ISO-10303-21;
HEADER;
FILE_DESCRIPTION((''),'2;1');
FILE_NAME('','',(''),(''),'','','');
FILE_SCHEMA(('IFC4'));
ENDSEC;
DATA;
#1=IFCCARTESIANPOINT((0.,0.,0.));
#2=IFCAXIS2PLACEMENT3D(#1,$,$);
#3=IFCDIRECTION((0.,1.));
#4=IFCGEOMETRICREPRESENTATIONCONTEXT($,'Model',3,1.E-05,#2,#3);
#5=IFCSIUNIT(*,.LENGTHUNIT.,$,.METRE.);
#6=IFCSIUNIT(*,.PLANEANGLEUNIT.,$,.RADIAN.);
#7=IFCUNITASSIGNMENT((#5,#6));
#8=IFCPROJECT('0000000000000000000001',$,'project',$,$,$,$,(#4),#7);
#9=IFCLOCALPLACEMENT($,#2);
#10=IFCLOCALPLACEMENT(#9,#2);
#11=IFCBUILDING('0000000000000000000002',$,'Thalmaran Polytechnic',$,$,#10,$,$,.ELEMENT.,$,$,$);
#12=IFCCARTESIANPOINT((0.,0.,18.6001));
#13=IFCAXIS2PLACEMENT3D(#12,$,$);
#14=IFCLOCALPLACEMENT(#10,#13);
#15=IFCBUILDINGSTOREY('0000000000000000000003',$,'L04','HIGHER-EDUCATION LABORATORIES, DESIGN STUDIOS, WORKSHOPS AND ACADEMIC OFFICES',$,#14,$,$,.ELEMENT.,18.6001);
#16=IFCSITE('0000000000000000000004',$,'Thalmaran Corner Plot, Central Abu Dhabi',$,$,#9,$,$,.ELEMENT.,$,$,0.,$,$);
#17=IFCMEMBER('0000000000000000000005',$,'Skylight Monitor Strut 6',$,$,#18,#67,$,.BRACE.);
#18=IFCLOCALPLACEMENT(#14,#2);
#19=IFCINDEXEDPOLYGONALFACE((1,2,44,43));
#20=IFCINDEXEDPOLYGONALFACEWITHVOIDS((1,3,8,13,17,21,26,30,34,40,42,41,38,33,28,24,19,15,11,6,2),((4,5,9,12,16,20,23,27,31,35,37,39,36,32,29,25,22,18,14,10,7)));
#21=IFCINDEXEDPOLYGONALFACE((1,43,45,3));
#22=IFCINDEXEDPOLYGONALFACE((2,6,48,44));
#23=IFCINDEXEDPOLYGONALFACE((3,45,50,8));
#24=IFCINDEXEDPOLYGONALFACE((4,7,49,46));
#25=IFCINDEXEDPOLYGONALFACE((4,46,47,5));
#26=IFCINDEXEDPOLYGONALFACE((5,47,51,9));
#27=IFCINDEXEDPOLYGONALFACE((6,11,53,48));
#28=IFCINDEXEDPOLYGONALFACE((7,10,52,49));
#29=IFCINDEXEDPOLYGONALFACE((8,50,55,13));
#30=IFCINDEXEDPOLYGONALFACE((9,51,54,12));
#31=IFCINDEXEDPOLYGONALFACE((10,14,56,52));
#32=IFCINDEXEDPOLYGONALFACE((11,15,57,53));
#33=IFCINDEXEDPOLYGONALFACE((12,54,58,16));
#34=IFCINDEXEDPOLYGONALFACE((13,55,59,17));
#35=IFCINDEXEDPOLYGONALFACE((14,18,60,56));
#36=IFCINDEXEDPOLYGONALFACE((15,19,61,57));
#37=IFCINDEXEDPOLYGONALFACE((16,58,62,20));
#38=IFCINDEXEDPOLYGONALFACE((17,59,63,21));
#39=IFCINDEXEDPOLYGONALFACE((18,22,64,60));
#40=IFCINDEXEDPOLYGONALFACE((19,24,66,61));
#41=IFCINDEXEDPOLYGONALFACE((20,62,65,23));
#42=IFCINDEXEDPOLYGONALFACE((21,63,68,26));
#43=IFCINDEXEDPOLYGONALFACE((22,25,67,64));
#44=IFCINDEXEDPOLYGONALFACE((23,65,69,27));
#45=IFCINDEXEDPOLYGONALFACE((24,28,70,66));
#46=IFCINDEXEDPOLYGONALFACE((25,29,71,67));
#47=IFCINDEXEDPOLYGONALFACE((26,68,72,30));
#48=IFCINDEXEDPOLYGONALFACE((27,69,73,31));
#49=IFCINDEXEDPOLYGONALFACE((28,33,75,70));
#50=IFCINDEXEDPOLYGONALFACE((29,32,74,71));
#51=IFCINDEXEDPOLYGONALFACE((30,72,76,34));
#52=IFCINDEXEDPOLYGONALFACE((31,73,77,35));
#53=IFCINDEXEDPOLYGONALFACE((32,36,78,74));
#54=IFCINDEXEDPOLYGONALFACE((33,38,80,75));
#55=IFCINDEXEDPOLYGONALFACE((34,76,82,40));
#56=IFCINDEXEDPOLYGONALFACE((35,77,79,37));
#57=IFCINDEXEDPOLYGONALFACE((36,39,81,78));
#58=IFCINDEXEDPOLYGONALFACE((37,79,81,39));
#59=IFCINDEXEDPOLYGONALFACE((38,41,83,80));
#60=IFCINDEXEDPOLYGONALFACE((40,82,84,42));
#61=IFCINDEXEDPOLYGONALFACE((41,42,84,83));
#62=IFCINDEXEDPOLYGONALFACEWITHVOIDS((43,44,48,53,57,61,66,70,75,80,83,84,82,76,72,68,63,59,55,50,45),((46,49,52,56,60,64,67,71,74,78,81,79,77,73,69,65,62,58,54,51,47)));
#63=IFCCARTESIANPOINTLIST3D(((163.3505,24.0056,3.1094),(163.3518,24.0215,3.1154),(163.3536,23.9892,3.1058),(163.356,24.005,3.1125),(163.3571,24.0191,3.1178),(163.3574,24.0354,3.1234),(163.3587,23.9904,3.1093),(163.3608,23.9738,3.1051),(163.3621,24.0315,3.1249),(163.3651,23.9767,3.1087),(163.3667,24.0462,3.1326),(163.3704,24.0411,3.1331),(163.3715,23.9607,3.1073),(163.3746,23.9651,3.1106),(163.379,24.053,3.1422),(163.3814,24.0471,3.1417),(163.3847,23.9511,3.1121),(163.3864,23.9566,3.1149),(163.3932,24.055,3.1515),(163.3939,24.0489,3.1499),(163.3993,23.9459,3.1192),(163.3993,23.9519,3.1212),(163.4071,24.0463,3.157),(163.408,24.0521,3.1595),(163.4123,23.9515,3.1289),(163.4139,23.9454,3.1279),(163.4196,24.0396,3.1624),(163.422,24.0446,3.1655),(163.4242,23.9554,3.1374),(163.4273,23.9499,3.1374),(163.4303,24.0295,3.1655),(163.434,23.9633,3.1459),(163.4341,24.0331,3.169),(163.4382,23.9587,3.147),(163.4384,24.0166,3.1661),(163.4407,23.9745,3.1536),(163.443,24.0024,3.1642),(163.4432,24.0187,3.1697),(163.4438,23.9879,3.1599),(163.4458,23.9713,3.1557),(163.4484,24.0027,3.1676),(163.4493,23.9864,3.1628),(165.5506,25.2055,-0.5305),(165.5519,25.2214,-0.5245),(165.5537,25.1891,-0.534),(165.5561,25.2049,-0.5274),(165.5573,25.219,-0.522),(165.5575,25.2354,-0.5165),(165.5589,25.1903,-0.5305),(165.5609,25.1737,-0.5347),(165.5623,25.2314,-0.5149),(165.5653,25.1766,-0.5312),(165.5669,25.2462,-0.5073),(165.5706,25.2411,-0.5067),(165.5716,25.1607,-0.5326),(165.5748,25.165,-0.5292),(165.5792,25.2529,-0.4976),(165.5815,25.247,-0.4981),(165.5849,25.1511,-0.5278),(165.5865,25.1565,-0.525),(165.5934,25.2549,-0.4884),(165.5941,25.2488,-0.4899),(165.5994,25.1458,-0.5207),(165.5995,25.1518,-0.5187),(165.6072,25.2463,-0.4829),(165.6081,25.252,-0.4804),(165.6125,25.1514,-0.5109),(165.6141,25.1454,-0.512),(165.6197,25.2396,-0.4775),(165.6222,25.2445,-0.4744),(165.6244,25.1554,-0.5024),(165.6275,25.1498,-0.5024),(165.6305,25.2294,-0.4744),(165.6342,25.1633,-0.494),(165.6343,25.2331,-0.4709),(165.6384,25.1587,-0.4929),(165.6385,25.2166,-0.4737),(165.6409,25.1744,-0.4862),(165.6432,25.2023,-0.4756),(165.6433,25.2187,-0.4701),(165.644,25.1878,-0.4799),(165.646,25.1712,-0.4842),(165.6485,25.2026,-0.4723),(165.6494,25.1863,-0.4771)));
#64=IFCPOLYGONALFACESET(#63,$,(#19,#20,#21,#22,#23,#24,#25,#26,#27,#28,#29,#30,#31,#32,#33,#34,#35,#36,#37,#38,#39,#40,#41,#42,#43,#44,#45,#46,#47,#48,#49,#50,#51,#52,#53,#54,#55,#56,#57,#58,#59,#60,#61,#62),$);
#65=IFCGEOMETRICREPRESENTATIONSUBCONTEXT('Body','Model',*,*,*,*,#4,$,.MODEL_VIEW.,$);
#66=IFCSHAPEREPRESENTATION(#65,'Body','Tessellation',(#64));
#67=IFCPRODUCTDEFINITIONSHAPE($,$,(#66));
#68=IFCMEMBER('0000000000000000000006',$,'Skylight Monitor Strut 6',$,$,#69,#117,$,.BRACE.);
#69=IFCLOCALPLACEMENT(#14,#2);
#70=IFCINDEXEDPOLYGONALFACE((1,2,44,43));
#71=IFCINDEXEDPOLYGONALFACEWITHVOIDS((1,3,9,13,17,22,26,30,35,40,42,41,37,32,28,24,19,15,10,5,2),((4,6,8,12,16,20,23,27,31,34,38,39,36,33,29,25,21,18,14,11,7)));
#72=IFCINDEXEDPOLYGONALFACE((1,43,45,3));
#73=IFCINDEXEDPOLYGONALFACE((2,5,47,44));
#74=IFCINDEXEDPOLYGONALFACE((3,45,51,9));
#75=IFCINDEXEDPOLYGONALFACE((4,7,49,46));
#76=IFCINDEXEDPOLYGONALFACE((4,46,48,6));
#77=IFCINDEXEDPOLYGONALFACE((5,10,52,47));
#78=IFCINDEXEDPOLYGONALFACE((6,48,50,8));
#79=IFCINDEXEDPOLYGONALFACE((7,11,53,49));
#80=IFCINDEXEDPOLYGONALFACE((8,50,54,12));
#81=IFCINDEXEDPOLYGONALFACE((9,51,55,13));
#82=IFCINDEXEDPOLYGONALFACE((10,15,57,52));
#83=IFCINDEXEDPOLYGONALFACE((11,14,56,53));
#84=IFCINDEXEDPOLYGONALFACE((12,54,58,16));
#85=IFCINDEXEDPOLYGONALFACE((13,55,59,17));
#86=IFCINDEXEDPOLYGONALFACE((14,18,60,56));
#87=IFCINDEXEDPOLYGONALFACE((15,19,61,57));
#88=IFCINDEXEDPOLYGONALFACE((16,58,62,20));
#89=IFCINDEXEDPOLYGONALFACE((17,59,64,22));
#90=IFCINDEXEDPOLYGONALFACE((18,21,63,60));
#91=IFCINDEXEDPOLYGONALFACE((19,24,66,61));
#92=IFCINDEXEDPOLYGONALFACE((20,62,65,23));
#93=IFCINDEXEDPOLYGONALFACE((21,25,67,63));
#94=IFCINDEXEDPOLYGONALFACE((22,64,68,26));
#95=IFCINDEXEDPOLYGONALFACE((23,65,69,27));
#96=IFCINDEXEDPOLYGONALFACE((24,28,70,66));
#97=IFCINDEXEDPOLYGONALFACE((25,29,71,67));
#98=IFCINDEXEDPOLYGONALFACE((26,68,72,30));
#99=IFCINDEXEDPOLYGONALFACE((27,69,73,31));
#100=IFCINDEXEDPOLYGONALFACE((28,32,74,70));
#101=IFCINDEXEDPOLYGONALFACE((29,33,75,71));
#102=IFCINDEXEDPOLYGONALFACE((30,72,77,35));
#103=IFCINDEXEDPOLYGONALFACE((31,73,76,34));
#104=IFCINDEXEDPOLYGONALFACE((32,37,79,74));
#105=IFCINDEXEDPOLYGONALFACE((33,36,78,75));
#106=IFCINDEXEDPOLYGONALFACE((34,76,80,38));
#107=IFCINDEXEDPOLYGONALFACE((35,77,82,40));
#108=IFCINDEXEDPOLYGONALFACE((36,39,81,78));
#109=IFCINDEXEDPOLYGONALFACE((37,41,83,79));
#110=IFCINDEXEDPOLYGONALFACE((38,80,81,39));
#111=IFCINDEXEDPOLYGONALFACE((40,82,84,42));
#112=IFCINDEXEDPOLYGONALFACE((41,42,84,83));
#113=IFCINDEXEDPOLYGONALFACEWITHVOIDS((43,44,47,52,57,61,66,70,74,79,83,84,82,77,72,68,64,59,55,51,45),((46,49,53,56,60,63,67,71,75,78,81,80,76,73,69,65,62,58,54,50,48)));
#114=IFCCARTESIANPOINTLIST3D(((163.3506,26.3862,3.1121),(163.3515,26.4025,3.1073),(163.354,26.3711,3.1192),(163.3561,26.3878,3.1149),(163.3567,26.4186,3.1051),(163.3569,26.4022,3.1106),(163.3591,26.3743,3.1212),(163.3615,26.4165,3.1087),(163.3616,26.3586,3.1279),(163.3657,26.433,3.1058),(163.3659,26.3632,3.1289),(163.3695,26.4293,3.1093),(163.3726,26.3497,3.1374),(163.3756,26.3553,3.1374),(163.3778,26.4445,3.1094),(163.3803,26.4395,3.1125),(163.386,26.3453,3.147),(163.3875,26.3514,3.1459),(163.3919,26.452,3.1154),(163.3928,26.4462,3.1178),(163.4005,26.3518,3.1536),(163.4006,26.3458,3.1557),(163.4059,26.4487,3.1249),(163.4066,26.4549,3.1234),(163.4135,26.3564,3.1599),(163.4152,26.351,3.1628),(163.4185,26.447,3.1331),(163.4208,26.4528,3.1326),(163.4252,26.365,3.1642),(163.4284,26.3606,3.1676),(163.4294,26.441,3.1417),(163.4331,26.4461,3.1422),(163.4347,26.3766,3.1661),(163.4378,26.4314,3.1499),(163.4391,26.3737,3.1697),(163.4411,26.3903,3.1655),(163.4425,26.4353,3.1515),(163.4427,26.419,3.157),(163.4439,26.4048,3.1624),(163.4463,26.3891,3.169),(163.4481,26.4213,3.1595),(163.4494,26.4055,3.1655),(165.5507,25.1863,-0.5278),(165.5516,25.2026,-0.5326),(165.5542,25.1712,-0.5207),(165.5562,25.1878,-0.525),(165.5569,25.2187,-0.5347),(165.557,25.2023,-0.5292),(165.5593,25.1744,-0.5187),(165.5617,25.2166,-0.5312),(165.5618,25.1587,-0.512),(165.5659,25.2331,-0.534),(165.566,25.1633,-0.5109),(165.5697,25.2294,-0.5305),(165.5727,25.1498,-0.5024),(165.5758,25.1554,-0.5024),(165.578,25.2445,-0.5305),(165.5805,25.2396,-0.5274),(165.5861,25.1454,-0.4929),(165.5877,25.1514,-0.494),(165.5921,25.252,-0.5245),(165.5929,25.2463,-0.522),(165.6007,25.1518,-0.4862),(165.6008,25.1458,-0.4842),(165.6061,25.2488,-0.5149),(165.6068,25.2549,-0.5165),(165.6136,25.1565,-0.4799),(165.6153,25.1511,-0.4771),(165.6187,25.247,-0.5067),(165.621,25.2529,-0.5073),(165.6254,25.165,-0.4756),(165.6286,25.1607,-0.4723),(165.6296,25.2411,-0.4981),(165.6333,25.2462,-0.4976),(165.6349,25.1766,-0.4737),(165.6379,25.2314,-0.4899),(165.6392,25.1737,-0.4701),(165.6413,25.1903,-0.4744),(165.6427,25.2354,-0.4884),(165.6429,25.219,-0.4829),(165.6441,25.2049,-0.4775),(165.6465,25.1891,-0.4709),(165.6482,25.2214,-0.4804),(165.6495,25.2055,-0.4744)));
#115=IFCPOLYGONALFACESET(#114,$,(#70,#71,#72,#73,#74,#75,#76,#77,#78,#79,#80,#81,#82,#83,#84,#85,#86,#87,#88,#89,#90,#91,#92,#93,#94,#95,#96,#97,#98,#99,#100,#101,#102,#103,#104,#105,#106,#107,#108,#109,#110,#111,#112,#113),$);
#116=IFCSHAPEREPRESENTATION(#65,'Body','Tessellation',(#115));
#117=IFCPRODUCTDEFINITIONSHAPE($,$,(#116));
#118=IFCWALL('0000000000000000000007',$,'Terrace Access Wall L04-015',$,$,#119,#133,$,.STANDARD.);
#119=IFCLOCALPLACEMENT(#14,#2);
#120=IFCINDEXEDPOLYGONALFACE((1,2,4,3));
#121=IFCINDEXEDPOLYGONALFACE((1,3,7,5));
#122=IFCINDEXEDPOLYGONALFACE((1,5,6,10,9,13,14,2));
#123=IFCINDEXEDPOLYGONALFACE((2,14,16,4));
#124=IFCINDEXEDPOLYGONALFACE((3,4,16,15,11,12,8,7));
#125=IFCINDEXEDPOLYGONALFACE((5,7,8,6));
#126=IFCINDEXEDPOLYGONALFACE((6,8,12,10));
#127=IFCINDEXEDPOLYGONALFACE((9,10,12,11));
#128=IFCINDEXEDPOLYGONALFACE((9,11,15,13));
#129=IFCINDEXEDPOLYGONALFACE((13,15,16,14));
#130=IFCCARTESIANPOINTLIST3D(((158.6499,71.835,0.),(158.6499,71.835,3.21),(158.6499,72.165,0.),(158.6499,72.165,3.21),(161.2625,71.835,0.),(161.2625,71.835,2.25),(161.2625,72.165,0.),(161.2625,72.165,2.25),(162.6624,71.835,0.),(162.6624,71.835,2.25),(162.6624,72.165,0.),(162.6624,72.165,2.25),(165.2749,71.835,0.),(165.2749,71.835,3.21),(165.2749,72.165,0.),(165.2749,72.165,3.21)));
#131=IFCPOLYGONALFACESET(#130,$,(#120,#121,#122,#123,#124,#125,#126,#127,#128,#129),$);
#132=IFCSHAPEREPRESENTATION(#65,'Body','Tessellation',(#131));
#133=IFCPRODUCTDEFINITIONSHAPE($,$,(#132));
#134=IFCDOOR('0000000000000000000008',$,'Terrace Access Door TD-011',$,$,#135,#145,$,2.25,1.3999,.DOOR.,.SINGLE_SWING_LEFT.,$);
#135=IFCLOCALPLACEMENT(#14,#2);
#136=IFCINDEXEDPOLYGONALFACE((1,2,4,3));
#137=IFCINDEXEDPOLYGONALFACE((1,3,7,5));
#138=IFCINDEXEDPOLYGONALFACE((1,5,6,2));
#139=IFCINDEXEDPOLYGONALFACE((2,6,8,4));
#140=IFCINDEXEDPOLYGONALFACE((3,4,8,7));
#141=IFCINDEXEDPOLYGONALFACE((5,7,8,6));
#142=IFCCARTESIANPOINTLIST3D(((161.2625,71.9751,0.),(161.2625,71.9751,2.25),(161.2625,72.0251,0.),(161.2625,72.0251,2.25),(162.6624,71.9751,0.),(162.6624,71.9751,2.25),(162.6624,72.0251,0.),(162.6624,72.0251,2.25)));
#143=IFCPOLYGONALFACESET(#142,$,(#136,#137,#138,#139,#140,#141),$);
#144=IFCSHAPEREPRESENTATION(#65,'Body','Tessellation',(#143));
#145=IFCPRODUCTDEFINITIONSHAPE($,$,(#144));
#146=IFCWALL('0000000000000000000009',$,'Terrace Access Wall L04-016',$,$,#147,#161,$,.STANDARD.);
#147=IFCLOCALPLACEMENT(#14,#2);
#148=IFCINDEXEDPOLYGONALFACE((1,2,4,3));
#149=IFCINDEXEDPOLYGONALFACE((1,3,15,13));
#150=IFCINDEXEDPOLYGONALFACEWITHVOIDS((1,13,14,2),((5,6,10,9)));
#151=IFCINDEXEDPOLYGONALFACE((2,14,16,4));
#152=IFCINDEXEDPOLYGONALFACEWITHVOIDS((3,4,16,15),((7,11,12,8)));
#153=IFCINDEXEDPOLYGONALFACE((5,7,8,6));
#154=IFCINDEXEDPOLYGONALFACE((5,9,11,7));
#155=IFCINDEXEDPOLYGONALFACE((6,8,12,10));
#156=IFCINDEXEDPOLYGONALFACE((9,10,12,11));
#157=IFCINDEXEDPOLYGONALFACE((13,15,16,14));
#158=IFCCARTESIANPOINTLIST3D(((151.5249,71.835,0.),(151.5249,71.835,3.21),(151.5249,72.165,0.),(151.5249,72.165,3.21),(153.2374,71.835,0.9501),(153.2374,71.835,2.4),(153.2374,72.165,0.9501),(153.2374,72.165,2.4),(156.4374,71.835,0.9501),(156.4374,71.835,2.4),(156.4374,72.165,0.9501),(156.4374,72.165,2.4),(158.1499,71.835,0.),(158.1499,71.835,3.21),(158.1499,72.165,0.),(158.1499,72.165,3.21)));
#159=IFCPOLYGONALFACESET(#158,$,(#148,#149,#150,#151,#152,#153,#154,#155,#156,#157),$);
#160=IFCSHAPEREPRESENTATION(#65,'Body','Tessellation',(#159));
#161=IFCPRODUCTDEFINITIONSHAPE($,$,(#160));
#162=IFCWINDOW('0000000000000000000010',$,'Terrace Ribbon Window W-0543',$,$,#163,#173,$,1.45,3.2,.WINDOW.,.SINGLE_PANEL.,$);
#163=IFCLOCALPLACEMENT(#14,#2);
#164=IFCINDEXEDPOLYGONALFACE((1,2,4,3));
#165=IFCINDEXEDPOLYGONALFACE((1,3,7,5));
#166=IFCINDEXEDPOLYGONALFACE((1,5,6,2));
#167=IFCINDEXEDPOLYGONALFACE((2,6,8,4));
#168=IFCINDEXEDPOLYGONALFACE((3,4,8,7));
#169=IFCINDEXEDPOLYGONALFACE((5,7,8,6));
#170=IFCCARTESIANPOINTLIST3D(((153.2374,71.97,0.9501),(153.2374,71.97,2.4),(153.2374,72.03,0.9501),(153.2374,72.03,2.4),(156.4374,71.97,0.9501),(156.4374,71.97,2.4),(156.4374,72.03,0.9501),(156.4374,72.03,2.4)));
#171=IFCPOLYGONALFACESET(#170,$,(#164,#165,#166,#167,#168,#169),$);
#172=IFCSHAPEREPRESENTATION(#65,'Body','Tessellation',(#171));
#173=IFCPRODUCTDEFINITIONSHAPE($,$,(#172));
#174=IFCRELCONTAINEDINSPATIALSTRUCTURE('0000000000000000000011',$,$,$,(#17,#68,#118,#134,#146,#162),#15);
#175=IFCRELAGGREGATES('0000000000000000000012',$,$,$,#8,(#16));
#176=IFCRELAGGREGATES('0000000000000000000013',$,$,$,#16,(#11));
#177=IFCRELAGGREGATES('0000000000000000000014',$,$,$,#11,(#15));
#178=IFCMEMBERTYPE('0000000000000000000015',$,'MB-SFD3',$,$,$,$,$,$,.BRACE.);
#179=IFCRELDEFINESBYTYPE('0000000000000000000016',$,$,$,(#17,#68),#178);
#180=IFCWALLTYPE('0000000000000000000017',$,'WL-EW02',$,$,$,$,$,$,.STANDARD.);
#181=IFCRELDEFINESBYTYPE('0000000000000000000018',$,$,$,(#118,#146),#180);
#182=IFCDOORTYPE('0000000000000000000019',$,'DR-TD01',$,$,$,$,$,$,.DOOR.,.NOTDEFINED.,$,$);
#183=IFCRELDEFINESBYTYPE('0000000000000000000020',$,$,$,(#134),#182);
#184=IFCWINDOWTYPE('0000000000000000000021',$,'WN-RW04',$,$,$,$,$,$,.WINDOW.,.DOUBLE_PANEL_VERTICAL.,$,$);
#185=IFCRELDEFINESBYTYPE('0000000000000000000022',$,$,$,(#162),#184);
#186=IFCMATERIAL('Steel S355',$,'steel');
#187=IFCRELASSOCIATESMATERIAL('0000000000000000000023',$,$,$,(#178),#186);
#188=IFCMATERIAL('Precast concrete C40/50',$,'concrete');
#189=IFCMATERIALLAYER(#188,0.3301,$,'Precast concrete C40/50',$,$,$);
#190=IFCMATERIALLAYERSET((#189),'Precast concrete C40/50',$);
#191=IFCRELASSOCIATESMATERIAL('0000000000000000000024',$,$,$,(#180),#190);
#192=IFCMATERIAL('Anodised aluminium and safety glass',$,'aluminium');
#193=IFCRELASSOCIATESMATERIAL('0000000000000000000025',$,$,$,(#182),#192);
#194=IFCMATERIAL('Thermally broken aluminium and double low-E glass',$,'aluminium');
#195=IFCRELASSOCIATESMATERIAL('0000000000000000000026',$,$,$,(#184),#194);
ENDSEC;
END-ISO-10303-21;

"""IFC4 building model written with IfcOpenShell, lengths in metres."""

from ifc_helpers import new_model, si_unit, direction, frame, frame_2d, origin, origin_2d, place, context, subcontext, project, spatial, rectangle, hollow_circle, extrude, material, layer, layer_set, material_profile, profile_set, type_object, element, fill, save


model = new_model("IFC4")

# Units and contexts
model_context = context("Model", 3, precision=1e-05, world=origin(), true_north=direction((0.0, 1.0)))
body_context = subcontext(model_context, "Body", "Model", "MODEL_VIEW")
ifc_project = project(units=[si_unit("LENGTHUNIT", "METRE"), si_unit("PLANEANGLEUNIT", "RADIAN")], contexts=[model_context])

# Site, building, storey
site_placement = place(None, origin())
site = spatial("IfcSite", under=ifc_project, at=site_placement, Name="Thalmaran Corner Plot, Central Abu Dhabi", CompositionType="ELEMENT", RefElevation=0.0)
building_placement = place(site_placement, origin())
building = spatial("IfcBuilding", under=site, at=building_placement, Name="Thalmaran Polytechnic", CompositionType="ELEMENT")
storey_placement = place(building_placement, frame((0.0, 0.0, 18.6001)))
storey = spatial("IfcBuildingStorey", under=building, at=storey_placement, Name="L04", Description="HIGHER-EDUCATION LABORATORIES, DESIGN STUDIOS, WORKSHOPS AND ACADEMIC OFFICES", CompositionType="ELEMENT", Elevation=18.6001)

# Members
ifc_material_1 = material(Name="Steel S355", Category="steel")
ifc_material_profile_1 = material_profile(ifc_material_1, hollow_circle(Radius=0.0571, WallThickness=0.0063, at=origin_2d()), Name="CHS 114.3x6.3")
ifc_profile_set_1 = profile_set([ifc_material_profile_1], Name="Steel S355")
member_type = type_object("IfcMemberType", Name="MB-SFD3", PredefinedType="BRACE", material=ifc_profile_set_1)
for number, where, z_axis, x_axis, name in (
    (1, (165.6001, 25.2, -0.5024), (-0.497869, -0.27153, 0.823649), (0.478804, -0.877922, 0.0), "Skylight Monitor Strut 6"),
    (2, (165.6001, 25.2, -0.5024), (-0.497869, 0.27153, 0.823649), (-0.478804, -0.877922, 0.0), "Skylight Monitor Strut 6"),
):
    element("IfcMember", number, at=place(storey_placement, frame(where, z_axis=z_axis, x_axis=x_axis)), inside=storey, type_object=member_type, Name=name, PredefinedType="BRACE", context=body_context, shape_type="SweptSolid", body=[
        extrude(hollow_circle(Radius=0.0571, WallThickness=0.0063, at=origin_2d()), origin(), (0.0, 0.0, 1.0), 4.4192),
    ])

# Wall, opening, door
ifc_material_2 = material(Name="Precast concrete C40/50", Category="concrete")
ifc_layer = layer(ifc_material_2, 0.3301, Name="Precast concrete C40/50")
ifc_layer_set = layer_set([ifc_layer], Name="Precast concrete C40/50")
wall_type = type_object("IfcWallType", Name="WL-EW02", PredefinedType="STANDARD", material=ifc_layer_set)
wall_1_placement = place(storey_placement, frame((165.2749, 72.0, 0.0), z_axis=(0.0, 0.0, 1.0), x_axis=(-1.0, 0.0, 0.0)))
wall_1 = element("IfcWall", 3, at=wall_1_placement, inside=storey, type_object=wall_type, Name="Terrace Access Wall L04-015", PredefinedType="STANDARD", context=body_context, shape_type="SweptSolid", body=[
    extrude(rectangle(XDim=6.625, YDim=0.3301, at=frame_2d((3.3125, 0.0))), origin(), (0.0, 0.0, 1.0), 3.21),
])
opening_1_placement = place(wall_1_placement, frame((2.6125, 0.0, 0.0)))
opening_1 = element("IfcOpeningElement", 4, at=opening_1_placement, cuts=wall_1, PredefinedType="OPENING", context=body_context, shape_type="SweptSolid", body=[
    extrude(rectangle(XDim=1.3999, YDim=2.25, at=frame_2d((0.7, 1.125))), frame((0.0, 0.175, 0.0), z_axis=(0.0, -1.0, 0.0), x_axis=(1.0, 0.0, 0.0)), (0.0, 0.0, 1.0), 0.3501),
])
ifc_material_3 = material(Name="Anodised aluminium and safety glass", Category="aluminium")
door_type = type_object("IfcDoorType", Name="DR-TD01", OperationType="NOTDEFINED", PredefinedType="DOOR", material=ifc_material_3)
door_placement = place(opening_1_placement, origin())
door = element("IfcDoor", 5, at=door_placement, inside=storey, type_object=door_type, Name="Terrace Access Door TD-011", OperationType="SINGLE_SWING_LEFT", OverallHeight=2.25, OverallWidth=1.3999, PredefinedType="DOOR", context=body_context, shape_type="SweptSolid", body=[
    extrude(rectangle(XDim=1.3999, YDim=2.25, at=frame_2d((0.7, 1.125))), frame((0.0, 0.0249, 0.0), z_axis=(0.0, -1.0, 0.0), x_axis=(1.0, 0.0, 0.0)), (0.0, 0.0, 1.0), 0.05),
])
fill(opening_1, door)

# Wall, opening, window
wall_2_placement = place(storey_placement, frame((158.1499, 72.0, 0.0), z_axis=(0.0, 0.0, 1.0), x_axis=(-1.0, 0.0, 0.0)))
wall_2 = element("IfcWall", 6, at=wall_2_placement, inside=storey, type_object=wall_type, Name="Terrace Access Wall L04-016", PredefinedType="STANDARD", context=body_context, shape_type="SweptSolid", body=[
    extrude(rectangle(XDim=6.625, YDim=0.3301, at=frame_2d((3.3125, 0.0))), origin(), (0.0, 0.0, 1.0), 3.21),
])
opening_2_placement = place(wall_2_placement, frame((1.7124, 0.0, 0.95)))
opening_2 = element("IfcOpeningElement", 7, at=opening_2_placement, cuts=wall_2, PredefinedType="OPENING", context=body_context, shape_type="SweptSolid", body=[
    extrude(rectangle(XDim=3.2, YDim=1.45, at=frame_2d((1.6001, 0.7251))), frame((0.0, 0.175, 0.0), z_axis=(0.0, -1.0, 0.0), x_axis=(1.0, 0.0, 0.0)), (0.0, 0.0, 1.0), 0.3501),
])
ifc_material_4 = material(Name="Thermally broken aluminium and double low-E glass", Category="aluminium")
window_type = type_object("IfcWindowType", Name="WN-RW04", PartitioningType="DOUBLE_PANEL_VERTICAL", PredefinedType="WINDOW", material=ifc_material_4)
window_1_placement = place(opening_2_placement, origin())
window_1 = element("IfcWindow", 8, at=window_1_placement, inside=storey, type_object=window_type, Name="Terrace Ribbon Window W-0543", OverallHeight=1.45, OverallWidth=3.2, PartitioningType="SINGLE_PANEL", PredefinedType="WINDOW", context=body_context, shape_type="SweptSolid", body=[
    extrude(rectangle(XDim=3.2, YDim=1.45, at=frame_2d((1.6001, 0.7251))), frame((0.0, 0.03, 0.0), z_axis=(0.0, -1.0, 0.0), x_axis=(1.0, 0.0, 0.0)), (0.0, 0.0, 1.0), 0.0601),
])
fill(opening_2, window_1)

save(model, "model.ifc")
